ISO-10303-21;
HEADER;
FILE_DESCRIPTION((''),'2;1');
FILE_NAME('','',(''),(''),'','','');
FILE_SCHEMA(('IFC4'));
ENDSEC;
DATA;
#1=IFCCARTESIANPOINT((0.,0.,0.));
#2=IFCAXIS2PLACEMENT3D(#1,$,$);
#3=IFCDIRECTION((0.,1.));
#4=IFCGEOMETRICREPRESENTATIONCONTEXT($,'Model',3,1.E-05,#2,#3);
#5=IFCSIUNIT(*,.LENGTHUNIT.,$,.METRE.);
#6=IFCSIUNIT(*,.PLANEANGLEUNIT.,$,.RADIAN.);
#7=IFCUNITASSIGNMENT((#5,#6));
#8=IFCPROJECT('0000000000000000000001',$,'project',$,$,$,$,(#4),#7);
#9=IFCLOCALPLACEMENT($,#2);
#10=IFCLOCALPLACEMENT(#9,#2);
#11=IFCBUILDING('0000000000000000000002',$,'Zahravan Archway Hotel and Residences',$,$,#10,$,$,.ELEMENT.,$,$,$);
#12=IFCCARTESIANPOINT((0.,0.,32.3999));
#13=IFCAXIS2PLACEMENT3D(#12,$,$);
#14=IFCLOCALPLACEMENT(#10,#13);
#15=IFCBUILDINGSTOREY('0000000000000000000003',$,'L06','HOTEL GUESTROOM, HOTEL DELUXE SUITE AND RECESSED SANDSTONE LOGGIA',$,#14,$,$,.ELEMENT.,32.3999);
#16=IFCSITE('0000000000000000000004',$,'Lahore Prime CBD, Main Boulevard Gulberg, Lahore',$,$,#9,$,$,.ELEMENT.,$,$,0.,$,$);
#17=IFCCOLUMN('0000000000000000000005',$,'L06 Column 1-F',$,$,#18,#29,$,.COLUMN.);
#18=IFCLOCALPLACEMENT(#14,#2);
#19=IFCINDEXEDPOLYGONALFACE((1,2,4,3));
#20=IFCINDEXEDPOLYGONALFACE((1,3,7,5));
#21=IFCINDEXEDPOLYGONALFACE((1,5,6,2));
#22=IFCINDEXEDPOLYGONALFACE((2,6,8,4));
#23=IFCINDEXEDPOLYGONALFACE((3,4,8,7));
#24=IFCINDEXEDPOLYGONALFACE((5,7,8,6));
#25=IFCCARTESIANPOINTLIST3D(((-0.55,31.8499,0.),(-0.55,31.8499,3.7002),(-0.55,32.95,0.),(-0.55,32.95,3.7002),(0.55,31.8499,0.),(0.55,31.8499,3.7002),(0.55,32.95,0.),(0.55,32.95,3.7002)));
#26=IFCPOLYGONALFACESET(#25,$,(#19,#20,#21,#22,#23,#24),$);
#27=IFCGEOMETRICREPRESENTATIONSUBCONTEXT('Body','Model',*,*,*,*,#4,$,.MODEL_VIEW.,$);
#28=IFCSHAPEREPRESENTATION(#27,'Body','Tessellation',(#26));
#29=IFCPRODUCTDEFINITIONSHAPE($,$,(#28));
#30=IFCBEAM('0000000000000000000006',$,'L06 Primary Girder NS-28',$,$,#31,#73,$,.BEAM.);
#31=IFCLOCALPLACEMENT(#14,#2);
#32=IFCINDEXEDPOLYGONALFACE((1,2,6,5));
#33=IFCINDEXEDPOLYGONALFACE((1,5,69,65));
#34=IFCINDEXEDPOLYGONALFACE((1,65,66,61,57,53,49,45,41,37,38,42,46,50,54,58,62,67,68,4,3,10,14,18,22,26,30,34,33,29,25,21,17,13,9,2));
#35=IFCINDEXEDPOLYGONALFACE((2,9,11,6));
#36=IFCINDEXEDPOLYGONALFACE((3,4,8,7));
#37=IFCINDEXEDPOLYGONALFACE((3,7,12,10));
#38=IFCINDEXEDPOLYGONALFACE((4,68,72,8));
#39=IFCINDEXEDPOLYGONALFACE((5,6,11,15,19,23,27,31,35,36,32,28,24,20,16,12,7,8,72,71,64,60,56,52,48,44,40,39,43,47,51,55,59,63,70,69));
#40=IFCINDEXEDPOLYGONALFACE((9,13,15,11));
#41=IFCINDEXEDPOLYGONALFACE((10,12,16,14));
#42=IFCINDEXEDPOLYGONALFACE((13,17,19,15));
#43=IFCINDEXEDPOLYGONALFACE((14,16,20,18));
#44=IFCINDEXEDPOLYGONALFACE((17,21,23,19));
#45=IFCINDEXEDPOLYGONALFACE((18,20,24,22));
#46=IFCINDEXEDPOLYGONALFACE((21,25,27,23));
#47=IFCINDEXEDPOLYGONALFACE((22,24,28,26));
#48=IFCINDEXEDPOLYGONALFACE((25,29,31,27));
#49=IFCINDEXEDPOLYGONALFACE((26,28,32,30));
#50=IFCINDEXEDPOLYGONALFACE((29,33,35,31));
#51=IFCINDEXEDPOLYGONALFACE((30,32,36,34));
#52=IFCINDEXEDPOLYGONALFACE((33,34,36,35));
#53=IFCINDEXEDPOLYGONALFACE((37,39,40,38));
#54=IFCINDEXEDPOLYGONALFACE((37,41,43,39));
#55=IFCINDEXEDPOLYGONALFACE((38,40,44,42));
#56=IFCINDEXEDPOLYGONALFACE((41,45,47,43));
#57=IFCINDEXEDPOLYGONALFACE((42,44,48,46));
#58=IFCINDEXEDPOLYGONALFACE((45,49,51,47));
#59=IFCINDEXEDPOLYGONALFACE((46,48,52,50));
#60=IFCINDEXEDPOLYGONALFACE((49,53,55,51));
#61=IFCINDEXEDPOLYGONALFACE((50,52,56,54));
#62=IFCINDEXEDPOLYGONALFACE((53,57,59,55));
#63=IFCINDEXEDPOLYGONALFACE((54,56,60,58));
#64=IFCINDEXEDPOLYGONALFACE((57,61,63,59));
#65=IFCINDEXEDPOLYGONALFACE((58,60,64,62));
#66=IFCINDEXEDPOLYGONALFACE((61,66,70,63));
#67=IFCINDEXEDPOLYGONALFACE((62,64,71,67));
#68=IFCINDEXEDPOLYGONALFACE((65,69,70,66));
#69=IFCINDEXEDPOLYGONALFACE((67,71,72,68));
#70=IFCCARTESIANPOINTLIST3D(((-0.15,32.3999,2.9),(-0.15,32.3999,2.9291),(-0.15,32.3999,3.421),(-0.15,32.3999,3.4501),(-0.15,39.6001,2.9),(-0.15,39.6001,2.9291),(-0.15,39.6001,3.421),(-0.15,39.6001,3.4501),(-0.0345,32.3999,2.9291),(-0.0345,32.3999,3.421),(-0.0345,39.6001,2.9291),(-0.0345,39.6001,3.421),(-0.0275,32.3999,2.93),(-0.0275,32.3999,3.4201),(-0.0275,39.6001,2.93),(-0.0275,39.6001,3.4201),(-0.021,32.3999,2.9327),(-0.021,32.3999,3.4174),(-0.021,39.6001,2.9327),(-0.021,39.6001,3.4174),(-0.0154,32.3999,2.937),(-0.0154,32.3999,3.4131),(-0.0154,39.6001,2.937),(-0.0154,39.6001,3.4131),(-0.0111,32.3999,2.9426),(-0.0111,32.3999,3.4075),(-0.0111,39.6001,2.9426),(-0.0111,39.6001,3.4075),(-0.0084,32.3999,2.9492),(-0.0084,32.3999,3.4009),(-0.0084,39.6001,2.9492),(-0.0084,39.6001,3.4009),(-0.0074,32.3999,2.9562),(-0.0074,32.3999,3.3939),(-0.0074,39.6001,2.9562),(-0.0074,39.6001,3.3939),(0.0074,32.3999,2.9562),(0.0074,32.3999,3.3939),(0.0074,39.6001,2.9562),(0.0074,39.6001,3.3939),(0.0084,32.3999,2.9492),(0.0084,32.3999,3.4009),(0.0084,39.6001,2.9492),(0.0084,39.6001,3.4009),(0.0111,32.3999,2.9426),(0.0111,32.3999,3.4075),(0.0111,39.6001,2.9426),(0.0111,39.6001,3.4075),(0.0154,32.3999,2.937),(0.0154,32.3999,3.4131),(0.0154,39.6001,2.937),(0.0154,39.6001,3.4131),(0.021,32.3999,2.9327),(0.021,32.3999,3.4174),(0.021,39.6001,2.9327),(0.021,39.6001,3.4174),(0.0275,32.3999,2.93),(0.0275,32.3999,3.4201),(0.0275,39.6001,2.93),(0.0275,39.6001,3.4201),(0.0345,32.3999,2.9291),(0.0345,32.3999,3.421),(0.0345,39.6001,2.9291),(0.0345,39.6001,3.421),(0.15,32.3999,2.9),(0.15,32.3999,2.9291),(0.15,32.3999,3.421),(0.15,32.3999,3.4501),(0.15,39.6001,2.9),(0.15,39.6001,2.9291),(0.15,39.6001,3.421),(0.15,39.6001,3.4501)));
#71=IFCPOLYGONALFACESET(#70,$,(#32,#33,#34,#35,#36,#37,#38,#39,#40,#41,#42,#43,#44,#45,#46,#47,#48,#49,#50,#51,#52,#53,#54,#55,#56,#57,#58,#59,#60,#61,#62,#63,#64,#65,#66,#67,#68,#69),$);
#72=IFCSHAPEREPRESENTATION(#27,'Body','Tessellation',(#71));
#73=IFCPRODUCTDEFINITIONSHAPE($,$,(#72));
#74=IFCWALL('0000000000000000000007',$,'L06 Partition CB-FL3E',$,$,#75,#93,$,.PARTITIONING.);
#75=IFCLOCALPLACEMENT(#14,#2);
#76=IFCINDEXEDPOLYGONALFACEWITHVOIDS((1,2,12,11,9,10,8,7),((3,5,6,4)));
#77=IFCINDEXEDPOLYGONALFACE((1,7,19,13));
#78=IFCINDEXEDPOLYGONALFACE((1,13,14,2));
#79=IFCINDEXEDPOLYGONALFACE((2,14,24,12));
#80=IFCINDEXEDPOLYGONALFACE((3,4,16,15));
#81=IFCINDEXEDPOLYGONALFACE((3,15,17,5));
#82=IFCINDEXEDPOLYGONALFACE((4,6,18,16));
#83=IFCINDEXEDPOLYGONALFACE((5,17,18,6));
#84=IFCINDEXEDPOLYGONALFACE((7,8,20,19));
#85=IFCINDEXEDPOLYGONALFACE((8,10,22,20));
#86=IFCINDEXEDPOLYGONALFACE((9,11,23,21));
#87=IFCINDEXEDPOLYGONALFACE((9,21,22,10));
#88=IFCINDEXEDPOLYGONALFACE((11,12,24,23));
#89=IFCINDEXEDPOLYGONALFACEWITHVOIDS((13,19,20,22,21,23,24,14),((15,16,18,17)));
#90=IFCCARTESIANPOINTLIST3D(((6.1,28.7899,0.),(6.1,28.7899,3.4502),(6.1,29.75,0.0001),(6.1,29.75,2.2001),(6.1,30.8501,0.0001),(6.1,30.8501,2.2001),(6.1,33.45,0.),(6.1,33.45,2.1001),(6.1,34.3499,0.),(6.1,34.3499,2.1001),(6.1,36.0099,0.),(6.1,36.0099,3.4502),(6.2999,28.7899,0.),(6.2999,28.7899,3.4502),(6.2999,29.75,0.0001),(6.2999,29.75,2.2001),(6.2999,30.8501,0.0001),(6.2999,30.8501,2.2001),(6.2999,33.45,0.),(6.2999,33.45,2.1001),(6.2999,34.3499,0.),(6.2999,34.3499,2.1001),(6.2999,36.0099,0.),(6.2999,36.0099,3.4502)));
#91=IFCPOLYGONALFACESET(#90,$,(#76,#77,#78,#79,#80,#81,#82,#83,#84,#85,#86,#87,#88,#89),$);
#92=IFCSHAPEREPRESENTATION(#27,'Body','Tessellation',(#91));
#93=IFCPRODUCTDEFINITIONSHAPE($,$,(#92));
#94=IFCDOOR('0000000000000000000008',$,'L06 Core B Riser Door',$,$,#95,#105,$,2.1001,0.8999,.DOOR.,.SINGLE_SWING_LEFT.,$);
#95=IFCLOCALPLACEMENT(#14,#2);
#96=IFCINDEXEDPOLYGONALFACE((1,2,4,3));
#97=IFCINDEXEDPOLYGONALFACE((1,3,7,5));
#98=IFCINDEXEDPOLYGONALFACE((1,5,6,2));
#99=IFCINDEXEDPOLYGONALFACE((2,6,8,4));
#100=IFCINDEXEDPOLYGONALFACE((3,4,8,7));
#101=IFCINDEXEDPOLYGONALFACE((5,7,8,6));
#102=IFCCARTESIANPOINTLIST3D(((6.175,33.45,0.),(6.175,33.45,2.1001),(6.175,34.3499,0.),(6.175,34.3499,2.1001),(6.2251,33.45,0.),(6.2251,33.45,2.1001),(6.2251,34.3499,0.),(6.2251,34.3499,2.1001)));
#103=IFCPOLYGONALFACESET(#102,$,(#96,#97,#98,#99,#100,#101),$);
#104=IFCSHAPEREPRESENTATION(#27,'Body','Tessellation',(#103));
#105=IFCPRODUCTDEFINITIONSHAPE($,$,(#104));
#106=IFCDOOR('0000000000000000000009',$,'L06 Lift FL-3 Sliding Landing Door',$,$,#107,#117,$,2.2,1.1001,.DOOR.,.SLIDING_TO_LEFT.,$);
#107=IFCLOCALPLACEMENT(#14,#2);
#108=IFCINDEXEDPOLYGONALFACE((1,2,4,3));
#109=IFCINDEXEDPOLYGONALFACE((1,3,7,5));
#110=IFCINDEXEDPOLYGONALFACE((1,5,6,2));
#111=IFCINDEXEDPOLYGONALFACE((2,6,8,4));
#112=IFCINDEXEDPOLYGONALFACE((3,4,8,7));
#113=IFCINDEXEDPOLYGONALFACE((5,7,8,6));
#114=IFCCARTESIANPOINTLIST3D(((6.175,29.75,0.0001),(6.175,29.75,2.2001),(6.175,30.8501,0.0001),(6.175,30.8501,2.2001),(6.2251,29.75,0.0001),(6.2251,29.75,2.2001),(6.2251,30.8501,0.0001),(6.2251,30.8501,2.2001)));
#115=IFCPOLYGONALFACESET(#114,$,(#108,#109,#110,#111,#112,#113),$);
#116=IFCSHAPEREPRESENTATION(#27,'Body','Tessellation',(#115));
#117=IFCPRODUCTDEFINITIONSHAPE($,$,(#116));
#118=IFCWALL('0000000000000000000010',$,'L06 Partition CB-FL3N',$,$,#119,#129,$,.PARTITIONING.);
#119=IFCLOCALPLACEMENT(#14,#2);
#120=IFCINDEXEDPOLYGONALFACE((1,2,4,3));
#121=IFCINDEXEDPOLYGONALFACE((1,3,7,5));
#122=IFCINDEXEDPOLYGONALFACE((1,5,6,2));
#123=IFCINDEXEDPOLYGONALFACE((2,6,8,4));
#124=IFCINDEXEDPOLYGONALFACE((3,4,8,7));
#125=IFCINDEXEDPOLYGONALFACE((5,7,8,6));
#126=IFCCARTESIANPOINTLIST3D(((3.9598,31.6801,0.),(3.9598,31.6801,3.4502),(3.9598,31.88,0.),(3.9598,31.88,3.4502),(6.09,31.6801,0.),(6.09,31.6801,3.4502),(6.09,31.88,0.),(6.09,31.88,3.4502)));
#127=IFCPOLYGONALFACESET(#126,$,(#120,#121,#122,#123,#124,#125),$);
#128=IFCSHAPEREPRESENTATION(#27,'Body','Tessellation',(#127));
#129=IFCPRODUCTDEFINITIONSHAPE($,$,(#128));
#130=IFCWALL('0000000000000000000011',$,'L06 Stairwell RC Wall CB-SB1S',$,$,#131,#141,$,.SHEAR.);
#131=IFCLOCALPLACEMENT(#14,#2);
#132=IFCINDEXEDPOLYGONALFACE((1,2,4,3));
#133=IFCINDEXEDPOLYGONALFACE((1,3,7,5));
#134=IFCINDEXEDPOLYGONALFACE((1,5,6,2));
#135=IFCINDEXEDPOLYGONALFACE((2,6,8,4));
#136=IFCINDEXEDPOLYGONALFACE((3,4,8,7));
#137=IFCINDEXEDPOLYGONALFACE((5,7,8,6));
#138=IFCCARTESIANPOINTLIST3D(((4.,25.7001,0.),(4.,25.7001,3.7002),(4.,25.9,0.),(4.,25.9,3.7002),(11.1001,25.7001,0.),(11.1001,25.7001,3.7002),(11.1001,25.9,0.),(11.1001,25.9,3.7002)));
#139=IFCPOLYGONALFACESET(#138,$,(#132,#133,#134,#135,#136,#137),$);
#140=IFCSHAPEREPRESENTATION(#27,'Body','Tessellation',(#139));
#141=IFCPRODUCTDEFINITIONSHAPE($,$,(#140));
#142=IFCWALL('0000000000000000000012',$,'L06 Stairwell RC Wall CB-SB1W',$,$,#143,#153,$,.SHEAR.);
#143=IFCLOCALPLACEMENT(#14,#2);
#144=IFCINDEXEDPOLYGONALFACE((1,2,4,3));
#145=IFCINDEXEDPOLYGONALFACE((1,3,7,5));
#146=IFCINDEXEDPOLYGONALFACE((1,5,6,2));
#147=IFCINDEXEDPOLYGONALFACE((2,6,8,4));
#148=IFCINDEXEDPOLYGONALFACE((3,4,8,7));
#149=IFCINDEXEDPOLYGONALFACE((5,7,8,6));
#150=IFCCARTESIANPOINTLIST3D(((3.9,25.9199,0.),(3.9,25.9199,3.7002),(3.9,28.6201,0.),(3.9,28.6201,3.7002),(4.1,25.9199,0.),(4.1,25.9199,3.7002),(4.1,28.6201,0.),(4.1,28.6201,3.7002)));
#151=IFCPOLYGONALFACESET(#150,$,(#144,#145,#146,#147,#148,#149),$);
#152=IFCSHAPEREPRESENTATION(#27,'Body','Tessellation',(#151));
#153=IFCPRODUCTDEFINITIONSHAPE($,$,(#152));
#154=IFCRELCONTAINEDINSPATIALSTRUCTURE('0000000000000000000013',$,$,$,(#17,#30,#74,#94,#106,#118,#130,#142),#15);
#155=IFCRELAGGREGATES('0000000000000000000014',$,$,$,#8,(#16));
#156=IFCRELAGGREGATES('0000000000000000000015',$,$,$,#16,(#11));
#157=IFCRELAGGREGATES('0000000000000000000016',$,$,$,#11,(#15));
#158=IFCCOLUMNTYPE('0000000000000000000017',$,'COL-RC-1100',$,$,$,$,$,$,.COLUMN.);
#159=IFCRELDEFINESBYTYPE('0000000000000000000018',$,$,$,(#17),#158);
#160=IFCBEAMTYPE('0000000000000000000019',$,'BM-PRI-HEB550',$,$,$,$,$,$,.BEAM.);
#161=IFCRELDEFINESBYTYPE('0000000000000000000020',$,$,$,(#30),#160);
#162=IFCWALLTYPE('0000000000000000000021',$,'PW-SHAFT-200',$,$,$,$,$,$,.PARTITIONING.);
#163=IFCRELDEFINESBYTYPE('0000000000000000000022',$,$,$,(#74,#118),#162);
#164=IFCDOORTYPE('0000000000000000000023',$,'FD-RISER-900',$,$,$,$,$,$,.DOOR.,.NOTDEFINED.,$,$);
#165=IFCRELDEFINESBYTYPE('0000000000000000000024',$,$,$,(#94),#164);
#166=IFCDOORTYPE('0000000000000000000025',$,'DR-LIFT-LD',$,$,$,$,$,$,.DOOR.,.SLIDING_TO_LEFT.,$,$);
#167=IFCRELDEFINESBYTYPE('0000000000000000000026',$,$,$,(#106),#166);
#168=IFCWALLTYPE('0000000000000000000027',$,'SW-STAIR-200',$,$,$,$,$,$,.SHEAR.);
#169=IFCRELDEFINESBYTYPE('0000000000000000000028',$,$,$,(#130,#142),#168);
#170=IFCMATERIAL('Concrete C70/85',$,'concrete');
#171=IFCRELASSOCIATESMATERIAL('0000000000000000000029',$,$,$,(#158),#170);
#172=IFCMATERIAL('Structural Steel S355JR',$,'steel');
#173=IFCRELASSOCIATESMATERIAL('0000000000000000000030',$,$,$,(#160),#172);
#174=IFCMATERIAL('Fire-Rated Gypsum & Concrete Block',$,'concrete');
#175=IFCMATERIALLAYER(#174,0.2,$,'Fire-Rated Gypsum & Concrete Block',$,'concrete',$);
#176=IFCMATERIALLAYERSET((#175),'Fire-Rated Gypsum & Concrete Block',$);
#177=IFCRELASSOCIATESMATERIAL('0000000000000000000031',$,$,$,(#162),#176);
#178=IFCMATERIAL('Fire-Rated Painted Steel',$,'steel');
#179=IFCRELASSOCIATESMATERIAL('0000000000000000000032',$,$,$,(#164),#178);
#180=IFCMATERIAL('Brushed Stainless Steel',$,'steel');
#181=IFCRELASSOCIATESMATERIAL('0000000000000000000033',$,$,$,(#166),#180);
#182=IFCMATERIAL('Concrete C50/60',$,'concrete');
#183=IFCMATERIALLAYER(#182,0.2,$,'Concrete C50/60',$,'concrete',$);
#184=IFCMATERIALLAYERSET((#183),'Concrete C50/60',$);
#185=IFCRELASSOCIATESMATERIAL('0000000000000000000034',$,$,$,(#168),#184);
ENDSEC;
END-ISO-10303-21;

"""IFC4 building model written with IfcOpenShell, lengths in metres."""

from ifc_helpers import new_model, si_unit, direction, frame, frame_2d, origin, origin_2d, place, context, subcontext, project, spatial, rectangle, i_section, extrude, source, transform, mapped, material, layer, layer_set, material_profile, profile_set, type_object, type_shapes, element, fill, save


model = new_model("IFC4")

# Units and contexts
model_context = context("Model", 3, precision=1e-05, world=origin(), true_north=direction((0.0, 1.0)))
body_context = subcontext(model_context, "Body", "Model", "MODEL_VIEW")
ifc_project = project(units=[si_unit("LENGTHUNIT", "METRE"), si_unit("PLANEANGLEUNIT", "RADIAN")], contexts=[model_context])

# Site, building, storey
site_placement = place(None, origin())
site = spatial("IfcSite", under=ifc_project, at=site_placement, Name="Lahore Prime CBD, Main Boulevard Gulberg, Lahore", CompositionType="ELEMENT", RefElevation=0.0)
building_placement = place(site_placement, origin())
building = spatial("IfcBuilding", under=site, at=building_placement, Name="Zahravan Archway Hotel and Residences", CompositionType="ELEMENT")
storey_placement = place(building_placement, frame((0.0, 0.0, 32.3999)))
storey = spatial("IfcBuildingStorey", under=building, at=storey_placement, Name="L06", Description="HOTEL GUESTROOM, HOTEL DELUXE SUITE AND RECESSED SANDSTONE LOGGIA", CompositionType="ELEMENT", Elevation=32.3999)

# Column
ifc_material_1 = material(Name="Concrete C70/85", Category="concrete")
ifc_material_profile_1 = material_profile(ifc_material_1, rectangle(XDim=1.1001, YDim=1.1001, at=origin_2d()), Name="RC 1100x1100", Category="concrete")
ifc_profile_set_1 = profile_set([ifc_material_profile_1], Name="Concrete C70/85")
column_type = type_object("IfcColumnType", Name="COL-RC-1100", PredefinedType="COLUMN", material=ifc_profile_set_1)
shared_shape_1 = source(origin(), body_context, "Body", "SweptSolid", [
    extrude(rectangle(XDim=1.1001, YDim=1.1001, at=origin_2d()), origin(), (0.0, 0.0, 1.0), 3.7002),
])
column_placement = place(storey_placement, frame((0.0, 32.3999, 0.0), z_axis=(0.0, 0.0, 1.0), x_axis=(1.0, 0.0, 0.0)))
element("IfcColumn", 1, at=column_placement, inside=storey, type_object=column_type, Name="L06 Column 1-F", PredefinedType="COLUMN", context=body_context, shape_type="MappedRepresentation", body=[
    mapped(shared_shape_1, transform((0.0, 0.0, 0.0), scale=1.0)),
])

# Beam
ifc_material_2 = material(Name="Structural Steel S355JR", Category="steel")
ifc_material_profile_2 = material_profile(ifc_material_2, i_section(OverallWidth=0.3, OverallDepth=0.55, WebThickness=0.0149, FlangeThickness=0.0291, FilletRadius=0.0271, at=origin_2d()), Name="HEB 550", Category="steel")
ifc_profile_set_2 = profile_set([ifc_material_profile_2], Name="Structural Steel S355JR")
beam_type = type_object("IfcBeamType", Name="BM-PRI-HEB550", PredefinedType="BEAM", material=ifc_profile_set_2)
shared_shape_2 = source(origin(), body_context, "Body", "SweptSolid", [
    extrude(i_section(OverallWidth=0.3, OverallDepth=0.55, WebThickness=0.0149, FlangeThickness=0.0291, FilletRadius=0.0271, at=origin_2d()), origin(), (0.0, 0.0, 1.0), 7.2002),
])
type_shapes(beam_type, [shared_shape_2])
beam_placement = place(storey_placement, frame((0.0, 32.3999, 3.175), z_axis=(0.0, 1.0, 0.0), x_axis=(-1.0, 0.0, 0.0)))
element("IfcBeam", 2, at=beam_placement, inside=storey, type_object=beam_type, Name="L06 Primary Girder NS-28", PredefinedType="BEAM", context=body_context, shape_type="MappedRepresentation", body=[
    mapped(shared_shape_2, transform((0.0, 0.0, 0.0), scale=1.0)),
])

# Wall, openings, doors
ifc_material_3 = material(Name="Fire-Rated Gypsum & Concrete Block", Category="concrete")
ifc_layer_1 = layer(ifc_material_3, 0.2, Name="Fire-Rated Gypsum & Concrete Block", Category="concrete")
ifc_layer_set_1 = layer_set([ifc_layer_1], Name="Fire-Rated Gypsum & Concrete Block")
wall_type_1 = type_object("IfcWallType", Name="PW-SHAFT-200", PredefinedType="PARTITIONING", material=ifc_layer_set_1)
wall_1_placement = place(storey_placement, frame((6.2, 28.79, 0.0), z_axis=(0.0, 0.0, 1.0), x_axis=(0.0, 1.0, 0.0)))
wall_1 = element("IfcWall", 3, at=wall_1_placement, inside=storey, type_object=wall_type_1, Name="L06 Partition CB-FL3E", PredefinedType="PARTITIONING", context=body_context, shape_type="SweptSolid", body=[
    extrude(rectangle(XDim=7.22, YDim=0.2, at=frame_2d((3.6099, 0.0))), origin(), (0.0, 0.0, 1.0), 3.4502),
])
opening_1_placement = place(wall_1_placement, frame((4.6599, 0.0, 0.0)))
opening_1 = element("IfcOpeningElement", 4, at=opening_1_placement, cuts=wall_1, PredefinedType="OPENING", context=body_context, shape_type="SweptSolid", body=[
    extrude(rectangle(XDim=0.8999, YDim=2.1001, at=frame_2d((0.45, 1.05))), frame((0.0, 0.1099, 0.0), z_axis=(0.0, -1.0, 0.0), x_axis=(1.0, 0.0, 0.0)), (0.0, 0.0, 1.0), 0.22),
])
opening_2_placement = place(wall_1_placement, frame((0.96, 0.0, 0.0)))
opening_2 = element("IfcOpeningElement", 5, at=opening_2_placement, cuts=wall_1, PredefinedType="OPENING", context=body_context, shape_type="SweptSolid", body=[
    extrude(rectangle(XDim=1.1001, YDim=2.2, at=frame_2d((0.55, 1.1001))), frame((0.0, 0.1099, 0.0), z_axis=(0.0, -1.0, 0.0), x_axis=(1.0, 0.0, 0.0)), (0.0, 0.0, 1.0), 0.22),
])
ifc_material_4 = material(Name="Fire-Rated Painted Steel", Category="steel")
door_type_1 = type_object("IfcDoorType", Name="FD-RISER-900", OperationType="NOTDEFINED", PredefinedType="DOOR", material=ifc_material_4)
shared_shape_3 = source(origin(), body_context, "Body", "SweptSolid", [
    extrude(rectangle(XDim=0.8999, YDim=2.1001, at=frame_2d((0.45, 1.05))), frame((0.0, 0.0249, 0.0), z_axis=(0.0, -1.0, 0.0), x_axis=(1.0, 0.0, 0.0)), (0.0, 0.0, 1.0), 0.05),
])
type_shapes(door_type_1, [shared_shape_3])
door_1_placement = place(opening_1_placement, origin())
door_1 = element("IfcDoor", 6, at=door_1_placement, inside=storey, type_object=door_type_1, Name="L06 Core B Riser Door", OperationType="SINGLE_SWING_LEFT", OverallHeight=2.1001, OverallWidth=0.8999, PredefinedType="DOOR", context=body_context, shape_type="MappedRepresentation", body=[
    mapped(shared_shape_3, transform((0.0, 0.0, 0.0), scale=1.0)),
])
fill(opening_1, door_1)
ifc_material_5 = material(Name="Brushed Stainless Steel", Category="steel")
door_type_2 = type_object("IfcDoorType", Name="DR-LIFT-LD", OperationType="SLIDING_TO_LEFT", PredefinedType="DOOR", material=ifc_material_5)
shared_shape_4 = source(origin(), body_context, "Body", "SweptSolid", [
    extrude(rectangle(XDim=1.1001, YDim=2.2, at=frame_2d((0.55, 1.1001))), frame((0.0, 0.0249, 0.0), z_axis=(0.0, -1.0, 0.0), x_axis=(1.0, 0.0, 0.0)), (0.0, 0.0, 1.0), 0.05),
])
type_shapes(door_type_2, [shared_shape_4])
door_2_placement = place(opening_2_placement, origin())
door_2 = element("IfcDoor", 7, at=door_2_placement, inside=storey, type_object=door_type_2, Name="L06 Lift FL-3 Sliding Landing Door", OperationType="SLIDING_TO_LEFT", OverallHeight=2.2, OverallWidth=1.1001, PredefinedType="DOOR", context=body_context, shape_type="MappedRepresentation", body=[
    mapped(shared_shape_4, transform((0.0, 0.0, 0.0), scale=1.0)),
])
fill(opening_2, door_2)

# Walls
wall_2_placement = place(storey_placement, frame((3.96, 31.78, 0.0), z_axis=(0.0, 0.0, 1.0), x_axis=(1.0, 0.0, 0.0)))
element("IfcWall", 8, at=wall_2_placement, inside=storey, type_object=wall_type_1, Name="L06 Partition CB-FL3N", PredefinedType="PARTITIONING", context=body_context, shape_type="SweptSolid", body=[
    extrude(rectangle(XDim=2.1301, YDim=0.2, at=frame_2d((1.0649, 0.0))), origin(), (0.0, 0.0, 1.0), 3.4502),
])
ifc_material_6 = material(Name="Concrete C50/60", Category="concrete")
ifc_layer_2 = layer(ifc_material_6, 0.2, Name="Concrete C50/60", Category="concrete")
ifc_layer_set_2 = layer_set([ifc_layer_2], Name="Concrete C50/60")
wall_type_2 = type_object("IfcWallType", Name="SW-STAIR-200", PredefinedType="SHEAR", material=ifc_layer_set_2)
wall_3_placement = place(storey_placement, frame((4.0, 25.8, 0.0), z_axis=(0.0, 0.0, 1.0), x_axis=(1.0, 0.0, 0.0)))
element("IfcWall", 9, at=wall_3_placement, inside=storey, type_object=wall_type_2, Name="L06 Stairwell RC Wall CB-SB1S", PredefinedType="SHEAR", context=body_context, shape_type="SweptSolid", body=[
    extrude(rectangle(XDim=7.1001, YDim=0.2, at=frame_2d((3.55, 0.0))), origin(), (0.0, 0.0, 1.0), 3.7002),
])
wall_4_placement = place(storey_placement, frame((4.0, 25.9199, 0.0), z_axis=(0.0, 0.0, 1.0), x_axis=(0.0, 1.0, 0.0)))
element("IfcWall", 10, at=wall_4_placement, inside=storey, type_object=wall_type_2, Name="L06 Stairwell RC Wall CB-SB1W", PredefinedType="SHEAR", context=body_context, shape_type="SweptSolid", body=[
    extrude(rectangle(XDim=2.7002, YDim=0.2, at=frame_2d((1.3501, 0.0))), origin(), (0.0, 0.0, 1.0), 3.7002),
])

save(model, "model.ifc")
